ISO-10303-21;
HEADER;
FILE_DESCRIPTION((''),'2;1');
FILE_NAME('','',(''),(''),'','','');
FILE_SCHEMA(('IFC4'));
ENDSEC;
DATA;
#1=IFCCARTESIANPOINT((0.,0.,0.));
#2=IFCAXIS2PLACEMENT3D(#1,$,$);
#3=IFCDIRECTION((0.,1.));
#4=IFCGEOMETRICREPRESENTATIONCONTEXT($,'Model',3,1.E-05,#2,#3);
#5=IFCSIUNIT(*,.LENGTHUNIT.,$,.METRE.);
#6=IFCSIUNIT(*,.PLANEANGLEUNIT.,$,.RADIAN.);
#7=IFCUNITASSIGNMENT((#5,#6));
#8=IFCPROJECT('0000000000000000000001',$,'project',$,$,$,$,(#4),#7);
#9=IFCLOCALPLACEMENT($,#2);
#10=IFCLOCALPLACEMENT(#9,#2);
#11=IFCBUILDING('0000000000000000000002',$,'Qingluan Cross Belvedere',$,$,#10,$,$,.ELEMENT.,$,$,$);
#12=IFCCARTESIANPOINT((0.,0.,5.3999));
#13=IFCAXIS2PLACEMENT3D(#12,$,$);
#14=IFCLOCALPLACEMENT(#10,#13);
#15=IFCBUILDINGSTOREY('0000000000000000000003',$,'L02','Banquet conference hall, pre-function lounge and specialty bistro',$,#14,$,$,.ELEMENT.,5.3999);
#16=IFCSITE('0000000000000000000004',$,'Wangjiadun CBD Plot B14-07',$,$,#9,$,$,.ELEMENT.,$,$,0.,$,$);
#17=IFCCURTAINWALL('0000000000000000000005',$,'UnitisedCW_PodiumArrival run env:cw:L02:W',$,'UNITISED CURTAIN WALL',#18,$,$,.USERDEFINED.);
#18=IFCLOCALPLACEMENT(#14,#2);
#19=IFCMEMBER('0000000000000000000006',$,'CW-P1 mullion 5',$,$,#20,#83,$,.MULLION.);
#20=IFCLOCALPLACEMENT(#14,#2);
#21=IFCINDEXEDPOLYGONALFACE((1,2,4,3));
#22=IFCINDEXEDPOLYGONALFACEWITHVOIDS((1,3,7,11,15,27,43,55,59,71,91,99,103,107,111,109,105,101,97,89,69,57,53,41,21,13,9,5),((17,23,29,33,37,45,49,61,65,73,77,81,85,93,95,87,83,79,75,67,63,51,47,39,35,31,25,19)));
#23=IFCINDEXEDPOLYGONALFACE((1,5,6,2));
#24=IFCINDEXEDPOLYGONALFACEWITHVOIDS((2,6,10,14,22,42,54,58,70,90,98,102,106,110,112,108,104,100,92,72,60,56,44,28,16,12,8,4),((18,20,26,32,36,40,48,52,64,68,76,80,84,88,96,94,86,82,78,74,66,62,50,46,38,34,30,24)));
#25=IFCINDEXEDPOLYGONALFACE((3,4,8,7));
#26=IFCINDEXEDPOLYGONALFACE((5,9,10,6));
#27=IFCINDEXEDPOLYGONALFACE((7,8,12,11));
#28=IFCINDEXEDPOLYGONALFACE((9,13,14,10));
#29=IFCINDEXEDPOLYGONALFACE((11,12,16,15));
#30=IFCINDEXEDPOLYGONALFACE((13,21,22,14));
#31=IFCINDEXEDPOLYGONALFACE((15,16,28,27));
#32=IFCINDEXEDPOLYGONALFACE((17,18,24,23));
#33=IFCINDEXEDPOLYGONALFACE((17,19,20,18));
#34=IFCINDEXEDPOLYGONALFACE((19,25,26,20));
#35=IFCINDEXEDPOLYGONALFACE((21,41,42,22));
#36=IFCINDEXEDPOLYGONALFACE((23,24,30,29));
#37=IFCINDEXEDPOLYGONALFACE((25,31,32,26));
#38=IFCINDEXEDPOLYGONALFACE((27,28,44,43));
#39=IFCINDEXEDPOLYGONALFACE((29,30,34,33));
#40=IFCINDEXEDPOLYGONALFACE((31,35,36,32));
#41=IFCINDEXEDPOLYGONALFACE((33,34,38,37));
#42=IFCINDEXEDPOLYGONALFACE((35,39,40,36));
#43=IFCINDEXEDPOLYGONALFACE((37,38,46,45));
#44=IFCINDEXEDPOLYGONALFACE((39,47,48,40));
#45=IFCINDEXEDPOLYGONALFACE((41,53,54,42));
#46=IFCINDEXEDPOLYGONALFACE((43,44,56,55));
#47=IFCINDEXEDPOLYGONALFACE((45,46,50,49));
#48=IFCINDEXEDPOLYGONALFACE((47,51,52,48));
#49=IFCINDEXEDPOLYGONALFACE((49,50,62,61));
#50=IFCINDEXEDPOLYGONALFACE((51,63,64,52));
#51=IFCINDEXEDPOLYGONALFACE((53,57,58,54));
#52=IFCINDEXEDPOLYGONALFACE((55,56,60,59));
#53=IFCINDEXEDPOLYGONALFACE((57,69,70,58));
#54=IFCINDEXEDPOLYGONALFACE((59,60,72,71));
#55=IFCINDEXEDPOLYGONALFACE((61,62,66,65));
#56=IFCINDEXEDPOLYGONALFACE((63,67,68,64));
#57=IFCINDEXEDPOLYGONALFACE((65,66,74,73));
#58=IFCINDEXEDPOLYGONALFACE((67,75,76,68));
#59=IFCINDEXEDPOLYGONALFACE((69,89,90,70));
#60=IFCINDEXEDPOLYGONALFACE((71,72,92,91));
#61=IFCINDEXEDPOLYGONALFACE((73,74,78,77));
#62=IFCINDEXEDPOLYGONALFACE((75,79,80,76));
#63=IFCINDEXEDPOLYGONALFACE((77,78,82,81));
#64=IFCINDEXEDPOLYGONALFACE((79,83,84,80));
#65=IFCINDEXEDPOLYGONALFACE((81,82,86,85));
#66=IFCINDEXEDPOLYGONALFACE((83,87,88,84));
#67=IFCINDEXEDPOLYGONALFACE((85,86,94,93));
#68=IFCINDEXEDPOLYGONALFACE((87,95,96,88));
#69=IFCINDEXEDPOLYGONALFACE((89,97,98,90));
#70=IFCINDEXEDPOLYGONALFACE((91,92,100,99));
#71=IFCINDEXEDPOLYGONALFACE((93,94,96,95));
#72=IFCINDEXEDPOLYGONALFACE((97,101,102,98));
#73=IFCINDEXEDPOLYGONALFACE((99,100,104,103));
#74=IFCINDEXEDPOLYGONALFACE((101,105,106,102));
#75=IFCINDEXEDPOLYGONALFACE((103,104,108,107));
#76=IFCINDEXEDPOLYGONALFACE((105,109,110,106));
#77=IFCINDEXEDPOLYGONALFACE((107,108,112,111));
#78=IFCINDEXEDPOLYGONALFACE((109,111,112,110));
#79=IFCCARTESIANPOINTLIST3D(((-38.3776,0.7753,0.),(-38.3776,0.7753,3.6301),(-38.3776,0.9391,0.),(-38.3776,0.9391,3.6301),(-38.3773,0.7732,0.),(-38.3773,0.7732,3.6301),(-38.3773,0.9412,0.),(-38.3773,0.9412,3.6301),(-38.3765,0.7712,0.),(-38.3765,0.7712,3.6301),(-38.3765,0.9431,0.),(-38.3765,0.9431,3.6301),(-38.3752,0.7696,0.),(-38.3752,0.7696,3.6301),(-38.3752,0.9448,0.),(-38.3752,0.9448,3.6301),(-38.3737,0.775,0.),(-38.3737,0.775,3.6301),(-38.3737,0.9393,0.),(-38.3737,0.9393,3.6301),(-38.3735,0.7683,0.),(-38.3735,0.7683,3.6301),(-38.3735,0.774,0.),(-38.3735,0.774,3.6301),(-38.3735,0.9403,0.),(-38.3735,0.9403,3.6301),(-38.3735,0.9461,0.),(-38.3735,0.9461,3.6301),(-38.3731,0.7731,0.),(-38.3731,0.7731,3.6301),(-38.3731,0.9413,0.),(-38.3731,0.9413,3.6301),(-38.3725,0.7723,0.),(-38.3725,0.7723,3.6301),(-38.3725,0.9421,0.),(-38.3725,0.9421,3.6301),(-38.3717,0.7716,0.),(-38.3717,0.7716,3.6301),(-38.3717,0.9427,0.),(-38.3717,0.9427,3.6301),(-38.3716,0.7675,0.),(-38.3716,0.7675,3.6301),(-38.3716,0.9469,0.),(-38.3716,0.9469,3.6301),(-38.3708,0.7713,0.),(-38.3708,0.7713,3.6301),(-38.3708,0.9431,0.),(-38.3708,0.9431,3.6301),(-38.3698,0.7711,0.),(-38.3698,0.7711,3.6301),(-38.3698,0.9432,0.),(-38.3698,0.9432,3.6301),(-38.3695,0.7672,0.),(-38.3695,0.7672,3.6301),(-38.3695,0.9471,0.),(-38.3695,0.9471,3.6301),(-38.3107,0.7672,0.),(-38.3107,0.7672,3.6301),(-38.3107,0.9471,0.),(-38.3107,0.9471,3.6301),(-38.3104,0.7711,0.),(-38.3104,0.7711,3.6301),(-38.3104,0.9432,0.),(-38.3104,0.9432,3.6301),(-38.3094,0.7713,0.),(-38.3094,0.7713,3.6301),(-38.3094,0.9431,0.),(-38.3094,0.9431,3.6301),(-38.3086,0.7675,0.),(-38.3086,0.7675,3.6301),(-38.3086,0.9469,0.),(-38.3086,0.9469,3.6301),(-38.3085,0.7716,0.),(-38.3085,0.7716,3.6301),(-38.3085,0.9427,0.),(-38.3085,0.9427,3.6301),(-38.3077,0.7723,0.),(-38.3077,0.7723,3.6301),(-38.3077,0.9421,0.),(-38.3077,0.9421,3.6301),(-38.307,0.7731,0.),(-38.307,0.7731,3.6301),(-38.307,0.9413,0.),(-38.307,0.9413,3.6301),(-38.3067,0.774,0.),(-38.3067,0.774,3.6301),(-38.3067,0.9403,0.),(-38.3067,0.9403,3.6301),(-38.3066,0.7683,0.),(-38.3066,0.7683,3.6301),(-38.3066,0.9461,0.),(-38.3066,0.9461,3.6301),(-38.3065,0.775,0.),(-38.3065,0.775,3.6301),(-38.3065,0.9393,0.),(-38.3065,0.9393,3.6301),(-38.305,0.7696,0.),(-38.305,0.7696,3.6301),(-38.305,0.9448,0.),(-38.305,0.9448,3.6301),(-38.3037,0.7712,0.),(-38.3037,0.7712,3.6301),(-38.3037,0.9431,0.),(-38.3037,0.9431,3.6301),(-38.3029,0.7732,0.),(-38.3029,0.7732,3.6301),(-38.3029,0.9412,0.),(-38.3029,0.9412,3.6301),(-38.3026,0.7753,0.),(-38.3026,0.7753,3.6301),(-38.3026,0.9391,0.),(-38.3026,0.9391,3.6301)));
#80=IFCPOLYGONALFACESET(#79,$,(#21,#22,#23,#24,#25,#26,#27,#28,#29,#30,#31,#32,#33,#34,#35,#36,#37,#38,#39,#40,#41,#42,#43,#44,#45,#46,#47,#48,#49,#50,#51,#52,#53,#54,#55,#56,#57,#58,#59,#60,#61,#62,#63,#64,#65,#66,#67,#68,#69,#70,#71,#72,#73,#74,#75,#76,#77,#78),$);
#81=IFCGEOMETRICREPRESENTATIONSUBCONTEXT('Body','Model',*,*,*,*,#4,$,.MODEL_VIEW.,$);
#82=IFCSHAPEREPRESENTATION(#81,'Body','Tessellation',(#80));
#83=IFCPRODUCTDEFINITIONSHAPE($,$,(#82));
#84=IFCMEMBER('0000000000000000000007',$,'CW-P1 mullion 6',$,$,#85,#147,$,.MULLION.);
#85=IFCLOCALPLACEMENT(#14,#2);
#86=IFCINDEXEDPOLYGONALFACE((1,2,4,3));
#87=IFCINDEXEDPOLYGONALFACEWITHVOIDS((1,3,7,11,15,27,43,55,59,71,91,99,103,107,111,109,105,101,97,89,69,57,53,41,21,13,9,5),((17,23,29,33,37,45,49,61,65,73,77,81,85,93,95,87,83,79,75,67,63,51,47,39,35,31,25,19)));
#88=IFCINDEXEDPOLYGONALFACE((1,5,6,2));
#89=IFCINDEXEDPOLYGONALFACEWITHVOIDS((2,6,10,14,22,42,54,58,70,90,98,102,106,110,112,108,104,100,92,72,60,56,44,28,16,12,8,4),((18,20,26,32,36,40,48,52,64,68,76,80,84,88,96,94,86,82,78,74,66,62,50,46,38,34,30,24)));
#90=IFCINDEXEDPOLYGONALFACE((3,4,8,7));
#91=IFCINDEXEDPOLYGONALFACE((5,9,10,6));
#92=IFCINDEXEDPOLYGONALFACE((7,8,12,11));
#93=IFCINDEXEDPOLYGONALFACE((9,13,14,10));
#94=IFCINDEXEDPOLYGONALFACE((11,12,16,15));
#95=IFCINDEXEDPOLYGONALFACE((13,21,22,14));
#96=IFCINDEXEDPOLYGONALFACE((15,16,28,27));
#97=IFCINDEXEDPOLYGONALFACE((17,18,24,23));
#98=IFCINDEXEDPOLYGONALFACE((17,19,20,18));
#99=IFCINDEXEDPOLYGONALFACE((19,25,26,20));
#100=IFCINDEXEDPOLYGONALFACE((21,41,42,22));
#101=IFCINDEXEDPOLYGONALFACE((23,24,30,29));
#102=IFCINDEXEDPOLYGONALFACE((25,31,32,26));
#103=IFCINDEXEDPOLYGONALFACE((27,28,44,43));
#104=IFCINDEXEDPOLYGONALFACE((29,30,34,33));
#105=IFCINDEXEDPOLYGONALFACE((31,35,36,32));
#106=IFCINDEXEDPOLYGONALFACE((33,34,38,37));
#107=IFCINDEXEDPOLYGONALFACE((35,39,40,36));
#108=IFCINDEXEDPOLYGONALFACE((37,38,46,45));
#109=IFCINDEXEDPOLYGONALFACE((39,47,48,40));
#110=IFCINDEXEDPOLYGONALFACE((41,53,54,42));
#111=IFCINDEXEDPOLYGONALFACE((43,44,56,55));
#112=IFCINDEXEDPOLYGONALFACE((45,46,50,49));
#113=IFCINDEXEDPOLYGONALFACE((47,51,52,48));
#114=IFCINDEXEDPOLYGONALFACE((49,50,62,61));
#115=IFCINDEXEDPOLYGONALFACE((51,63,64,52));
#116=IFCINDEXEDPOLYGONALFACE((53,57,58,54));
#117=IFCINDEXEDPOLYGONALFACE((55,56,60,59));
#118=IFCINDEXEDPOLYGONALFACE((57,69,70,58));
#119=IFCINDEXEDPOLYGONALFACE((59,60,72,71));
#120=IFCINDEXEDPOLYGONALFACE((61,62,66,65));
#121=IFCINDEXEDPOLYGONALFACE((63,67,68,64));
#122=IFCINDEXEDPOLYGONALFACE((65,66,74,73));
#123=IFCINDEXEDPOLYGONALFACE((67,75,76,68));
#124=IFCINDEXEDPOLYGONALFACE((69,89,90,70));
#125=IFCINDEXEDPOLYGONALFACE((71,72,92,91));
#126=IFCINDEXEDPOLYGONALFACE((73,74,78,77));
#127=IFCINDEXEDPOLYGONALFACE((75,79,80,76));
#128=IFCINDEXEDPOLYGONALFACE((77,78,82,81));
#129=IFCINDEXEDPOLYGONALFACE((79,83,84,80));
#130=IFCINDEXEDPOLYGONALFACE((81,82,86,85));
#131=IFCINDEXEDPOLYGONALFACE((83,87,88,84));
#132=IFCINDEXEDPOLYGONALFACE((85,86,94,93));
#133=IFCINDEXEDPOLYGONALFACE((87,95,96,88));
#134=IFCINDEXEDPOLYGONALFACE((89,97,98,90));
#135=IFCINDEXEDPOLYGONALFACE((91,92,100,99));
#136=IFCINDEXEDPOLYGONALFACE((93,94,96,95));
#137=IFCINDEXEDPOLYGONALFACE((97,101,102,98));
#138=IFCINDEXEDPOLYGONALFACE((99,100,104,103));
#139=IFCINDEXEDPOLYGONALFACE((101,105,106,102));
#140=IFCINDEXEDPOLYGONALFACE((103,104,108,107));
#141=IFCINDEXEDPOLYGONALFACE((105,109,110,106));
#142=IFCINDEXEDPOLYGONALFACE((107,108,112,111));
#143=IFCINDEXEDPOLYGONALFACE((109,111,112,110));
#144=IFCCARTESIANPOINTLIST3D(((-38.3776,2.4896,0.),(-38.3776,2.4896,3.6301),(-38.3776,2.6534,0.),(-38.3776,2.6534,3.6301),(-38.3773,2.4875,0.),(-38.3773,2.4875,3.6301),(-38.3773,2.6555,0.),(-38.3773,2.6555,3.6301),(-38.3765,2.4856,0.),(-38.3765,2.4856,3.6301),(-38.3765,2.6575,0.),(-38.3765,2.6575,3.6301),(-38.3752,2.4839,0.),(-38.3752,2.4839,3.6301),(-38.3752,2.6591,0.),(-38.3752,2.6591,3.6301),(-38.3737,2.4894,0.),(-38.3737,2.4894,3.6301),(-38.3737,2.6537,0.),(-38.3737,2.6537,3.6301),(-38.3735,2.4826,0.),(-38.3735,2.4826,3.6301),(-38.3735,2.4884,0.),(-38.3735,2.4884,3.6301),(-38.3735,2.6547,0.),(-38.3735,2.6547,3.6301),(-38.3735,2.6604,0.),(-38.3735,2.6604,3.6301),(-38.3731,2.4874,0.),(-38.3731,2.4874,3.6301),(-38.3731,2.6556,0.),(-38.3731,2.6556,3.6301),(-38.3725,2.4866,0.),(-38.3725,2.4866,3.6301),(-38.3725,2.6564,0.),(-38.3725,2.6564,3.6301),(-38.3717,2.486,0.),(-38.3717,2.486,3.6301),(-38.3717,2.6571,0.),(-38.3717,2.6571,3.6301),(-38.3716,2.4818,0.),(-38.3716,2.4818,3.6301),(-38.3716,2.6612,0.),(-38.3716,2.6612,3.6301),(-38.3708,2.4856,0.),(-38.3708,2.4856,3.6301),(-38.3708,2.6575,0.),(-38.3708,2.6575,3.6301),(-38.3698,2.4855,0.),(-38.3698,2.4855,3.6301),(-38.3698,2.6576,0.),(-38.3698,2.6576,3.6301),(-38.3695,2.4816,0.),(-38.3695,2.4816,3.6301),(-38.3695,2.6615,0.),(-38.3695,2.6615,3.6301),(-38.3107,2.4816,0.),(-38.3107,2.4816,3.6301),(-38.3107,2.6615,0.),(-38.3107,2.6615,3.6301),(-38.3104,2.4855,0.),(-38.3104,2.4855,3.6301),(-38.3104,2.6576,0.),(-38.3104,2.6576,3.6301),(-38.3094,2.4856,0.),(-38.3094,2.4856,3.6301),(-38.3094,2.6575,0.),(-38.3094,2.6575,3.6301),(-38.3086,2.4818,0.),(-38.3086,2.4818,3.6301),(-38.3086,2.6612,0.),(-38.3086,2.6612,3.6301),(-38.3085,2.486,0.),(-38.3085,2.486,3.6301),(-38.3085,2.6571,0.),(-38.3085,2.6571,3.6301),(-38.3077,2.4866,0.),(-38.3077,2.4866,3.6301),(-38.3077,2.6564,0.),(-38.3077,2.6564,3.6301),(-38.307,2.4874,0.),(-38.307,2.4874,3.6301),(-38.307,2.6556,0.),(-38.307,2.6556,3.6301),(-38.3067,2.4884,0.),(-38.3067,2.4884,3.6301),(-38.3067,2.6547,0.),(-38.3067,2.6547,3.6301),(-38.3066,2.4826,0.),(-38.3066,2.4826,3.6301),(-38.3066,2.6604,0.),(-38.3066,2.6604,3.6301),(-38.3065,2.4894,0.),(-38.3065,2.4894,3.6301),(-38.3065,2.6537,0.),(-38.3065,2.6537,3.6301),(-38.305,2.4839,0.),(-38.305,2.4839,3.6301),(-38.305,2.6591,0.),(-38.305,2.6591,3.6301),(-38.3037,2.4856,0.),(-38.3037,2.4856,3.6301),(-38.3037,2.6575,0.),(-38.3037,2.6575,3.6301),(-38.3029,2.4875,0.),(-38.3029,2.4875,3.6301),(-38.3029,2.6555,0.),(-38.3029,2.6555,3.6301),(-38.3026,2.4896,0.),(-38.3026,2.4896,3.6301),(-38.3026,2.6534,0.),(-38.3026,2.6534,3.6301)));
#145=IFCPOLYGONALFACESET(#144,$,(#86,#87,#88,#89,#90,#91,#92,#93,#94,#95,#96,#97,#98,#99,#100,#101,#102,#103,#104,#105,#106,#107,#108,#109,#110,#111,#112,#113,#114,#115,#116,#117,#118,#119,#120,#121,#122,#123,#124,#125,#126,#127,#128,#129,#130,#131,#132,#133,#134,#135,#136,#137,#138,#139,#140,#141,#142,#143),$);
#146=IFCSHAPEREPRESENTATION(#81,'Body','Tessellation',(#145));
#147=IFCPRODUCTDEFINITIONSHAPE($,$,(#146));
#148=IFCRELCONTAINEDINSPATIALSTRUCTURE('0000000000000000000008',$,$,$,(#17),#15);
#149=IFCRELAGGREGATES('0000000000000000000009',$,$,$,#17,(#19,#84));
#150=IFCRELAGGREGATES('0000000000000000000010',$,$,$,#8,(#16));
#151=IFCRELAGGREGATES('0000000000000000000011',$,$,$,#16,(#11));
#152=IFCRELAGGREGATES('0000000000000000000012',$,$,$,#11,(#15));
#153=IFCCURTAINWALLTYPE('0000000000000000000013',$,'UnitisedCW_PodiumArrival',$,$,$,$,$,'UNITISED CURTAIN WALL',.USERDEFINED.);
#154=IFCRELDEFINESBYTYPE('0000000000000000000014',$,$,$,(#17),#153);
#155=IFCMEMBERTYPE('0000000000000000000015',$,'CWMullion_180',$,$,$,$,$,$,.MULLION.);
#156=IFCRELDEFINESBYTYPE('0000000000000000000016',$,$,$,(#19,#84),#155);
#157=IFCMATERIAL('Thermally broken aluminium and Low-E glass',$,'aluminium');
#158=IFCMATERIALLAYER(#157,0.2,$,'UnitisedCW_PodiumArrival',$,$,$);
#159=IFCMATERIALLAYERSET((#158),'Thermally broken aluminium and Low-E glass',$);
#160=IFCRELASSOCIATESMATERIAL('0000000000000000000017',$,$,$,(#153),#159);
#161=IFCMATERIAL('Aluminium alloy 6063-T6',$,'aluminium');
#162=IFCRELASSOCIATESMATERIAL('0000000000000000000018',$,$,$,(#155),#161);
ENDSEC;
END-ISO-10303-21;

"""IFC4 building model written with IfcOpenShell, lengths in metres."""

from ifc_helpers import new_model, si_unit, direction, frame, origin, origin_2d, place, context, subcontext, project, spatial, hollow_rectangle, extrude, material, layer, layer_set, material_profile, profile_set, type_object, element, aggregate, save


model = new_model("IFC4")

# Units and contexts
model_context = context("Model", 3, precision=1e-05, world=origin(), true_north=direction((0.0, 1.0)))
body_context = subcontext(model_context, "Body", "Model", "MODEL_VIEW")
ifc_project = project(units=[si_unit("LENGTHUNIT", "METRE"), si_unit("PLANEANGLEUNIT", "RADIAN")], contexts=[model_context])

# Site, building, storey
site_placement = place(None, origin())
site = spatial("IfcSite", under=ifc_project, at=site_placement, Name="Wangjiadun CBD Plot B14-07", CompositionType="ELEMENT", RefElevation=0.0)
building_placement = place(site_placement, origin())
building = spatial("IfcBuilding", under=site, at=building_placement, Name="Qingluan Cross Belvedere", CompositionType="ELEMENT")
storey_placement = place(building_placement, frame((0.0, 0.0, 5.3999)))
storey = spatial("IfcBuildingStorey", under=building, at=storey_placement, Name="L02", Description="Banquet conference hall, pre-function lounge and specialty bistro", CompositionType="ELEMENT", Elevation=5.3999)

# Curtain wall, members
ifc_material_1 = material(Name="Thermally broken aluminium and Low-E glass", Category="aluminium")
ifc_layer_1 = layer(ifc_material_1, 0.2, Name="UnitisedCW_PodiumArrival")
ifc_layer_set_1 = layer_set([ifc_layer_1], Name="Thermally broken aluminium and Low-E glass")
curtain_wall_type = type_object("IfcCurtainWallType", Name="UnitisedCW_PodiumArrival", ElementType="UNITISED CURTAIN WALL", PredefinedType="USERDEFINED", material=ifc_layer_set_1)
curtain_wall_placement = place(storey_placement, origin())
curtain_wall = element("IfcCurtainWall", 1, at=curtain_wall_placement, inside=storey, type_object=curtain_wall_type, Name="UnitisedCW_PodiumArrival run env:cw:L02:W", ObjectType="UNITISED CURTAIN WALL", PredefinedType="USERDEFINED")
ifc_material_2 = material(Name="Aluminium alloy 6063-T6", Category="aluminium")
ifc_material_profile_1 = material_profile(ifc_material_2, hollow_rectangle(XDim=0.075, YDim=0.1799, WallThickness=0.0039, InnerFilletRadius=0.0039, OuterFilletRadius=0.0081, at=origin_2d()), Name="CWM180x75x4")
ifc_profile_set_1 = profile_set([ifc_material_profile_1], Name="Aluminium alloy 6063-T6")
member_type_1 = type_object("IfcMemberType", Name="CWMullion_180", PredefinedType="MULLION", material=ifc_profile_set_1)
member_1_placement = place(storey_placement, frame((-38.3401, 0.8572, 0.0), z_axis=(0.0, 0.0, 1.0), x_axis=(-1.0, 0.0, 0.0)))
member_1 = element("IfcMember", 2, at=member_1_placement, type_object=member_type_1, Name="CW-P1 mullion 5", PredefinedType="MULLION", context=body_context, shape_type="SweptSolid", body=[
    extrude(hollow_rectangle(XDim=0.075, YDim=0.1799, WallThickness=0.0039, InnerFilletRadius=0.0039, OuterFilletRadius=0.0081, at=origin_2d()), origin(), (0.0, 0.0, 1.0), 3.6301),
])
member_2_placement = place(storey_placement, frame((-38.3401, 2.5715, 0.0), z_axis=(0.0, 0.0, 1.0), x_axis=(-1.0, 0.0, 0.0)))
member_2 = element("IfcMember", 3, at=member_2_placement, type_object=member_type_1, Name="CW-P1 mullion 6", PredefinedType="MULLION", context=body_context, shape_type="SweptSolid", body=[
    extrude(hollow_rectangle(XDim=0.075, YDim=0.1799, WallThickness=0.0039, InnerFilletRadius=0.0039, OuterFilletRadius=0.0081, at=origin_2d()), origin(), (0.0, 0.0, 1.0), 3.6301),
])
aggregate(curtain_wall, [member_1, member_2])

save(model, "model.ifc")
